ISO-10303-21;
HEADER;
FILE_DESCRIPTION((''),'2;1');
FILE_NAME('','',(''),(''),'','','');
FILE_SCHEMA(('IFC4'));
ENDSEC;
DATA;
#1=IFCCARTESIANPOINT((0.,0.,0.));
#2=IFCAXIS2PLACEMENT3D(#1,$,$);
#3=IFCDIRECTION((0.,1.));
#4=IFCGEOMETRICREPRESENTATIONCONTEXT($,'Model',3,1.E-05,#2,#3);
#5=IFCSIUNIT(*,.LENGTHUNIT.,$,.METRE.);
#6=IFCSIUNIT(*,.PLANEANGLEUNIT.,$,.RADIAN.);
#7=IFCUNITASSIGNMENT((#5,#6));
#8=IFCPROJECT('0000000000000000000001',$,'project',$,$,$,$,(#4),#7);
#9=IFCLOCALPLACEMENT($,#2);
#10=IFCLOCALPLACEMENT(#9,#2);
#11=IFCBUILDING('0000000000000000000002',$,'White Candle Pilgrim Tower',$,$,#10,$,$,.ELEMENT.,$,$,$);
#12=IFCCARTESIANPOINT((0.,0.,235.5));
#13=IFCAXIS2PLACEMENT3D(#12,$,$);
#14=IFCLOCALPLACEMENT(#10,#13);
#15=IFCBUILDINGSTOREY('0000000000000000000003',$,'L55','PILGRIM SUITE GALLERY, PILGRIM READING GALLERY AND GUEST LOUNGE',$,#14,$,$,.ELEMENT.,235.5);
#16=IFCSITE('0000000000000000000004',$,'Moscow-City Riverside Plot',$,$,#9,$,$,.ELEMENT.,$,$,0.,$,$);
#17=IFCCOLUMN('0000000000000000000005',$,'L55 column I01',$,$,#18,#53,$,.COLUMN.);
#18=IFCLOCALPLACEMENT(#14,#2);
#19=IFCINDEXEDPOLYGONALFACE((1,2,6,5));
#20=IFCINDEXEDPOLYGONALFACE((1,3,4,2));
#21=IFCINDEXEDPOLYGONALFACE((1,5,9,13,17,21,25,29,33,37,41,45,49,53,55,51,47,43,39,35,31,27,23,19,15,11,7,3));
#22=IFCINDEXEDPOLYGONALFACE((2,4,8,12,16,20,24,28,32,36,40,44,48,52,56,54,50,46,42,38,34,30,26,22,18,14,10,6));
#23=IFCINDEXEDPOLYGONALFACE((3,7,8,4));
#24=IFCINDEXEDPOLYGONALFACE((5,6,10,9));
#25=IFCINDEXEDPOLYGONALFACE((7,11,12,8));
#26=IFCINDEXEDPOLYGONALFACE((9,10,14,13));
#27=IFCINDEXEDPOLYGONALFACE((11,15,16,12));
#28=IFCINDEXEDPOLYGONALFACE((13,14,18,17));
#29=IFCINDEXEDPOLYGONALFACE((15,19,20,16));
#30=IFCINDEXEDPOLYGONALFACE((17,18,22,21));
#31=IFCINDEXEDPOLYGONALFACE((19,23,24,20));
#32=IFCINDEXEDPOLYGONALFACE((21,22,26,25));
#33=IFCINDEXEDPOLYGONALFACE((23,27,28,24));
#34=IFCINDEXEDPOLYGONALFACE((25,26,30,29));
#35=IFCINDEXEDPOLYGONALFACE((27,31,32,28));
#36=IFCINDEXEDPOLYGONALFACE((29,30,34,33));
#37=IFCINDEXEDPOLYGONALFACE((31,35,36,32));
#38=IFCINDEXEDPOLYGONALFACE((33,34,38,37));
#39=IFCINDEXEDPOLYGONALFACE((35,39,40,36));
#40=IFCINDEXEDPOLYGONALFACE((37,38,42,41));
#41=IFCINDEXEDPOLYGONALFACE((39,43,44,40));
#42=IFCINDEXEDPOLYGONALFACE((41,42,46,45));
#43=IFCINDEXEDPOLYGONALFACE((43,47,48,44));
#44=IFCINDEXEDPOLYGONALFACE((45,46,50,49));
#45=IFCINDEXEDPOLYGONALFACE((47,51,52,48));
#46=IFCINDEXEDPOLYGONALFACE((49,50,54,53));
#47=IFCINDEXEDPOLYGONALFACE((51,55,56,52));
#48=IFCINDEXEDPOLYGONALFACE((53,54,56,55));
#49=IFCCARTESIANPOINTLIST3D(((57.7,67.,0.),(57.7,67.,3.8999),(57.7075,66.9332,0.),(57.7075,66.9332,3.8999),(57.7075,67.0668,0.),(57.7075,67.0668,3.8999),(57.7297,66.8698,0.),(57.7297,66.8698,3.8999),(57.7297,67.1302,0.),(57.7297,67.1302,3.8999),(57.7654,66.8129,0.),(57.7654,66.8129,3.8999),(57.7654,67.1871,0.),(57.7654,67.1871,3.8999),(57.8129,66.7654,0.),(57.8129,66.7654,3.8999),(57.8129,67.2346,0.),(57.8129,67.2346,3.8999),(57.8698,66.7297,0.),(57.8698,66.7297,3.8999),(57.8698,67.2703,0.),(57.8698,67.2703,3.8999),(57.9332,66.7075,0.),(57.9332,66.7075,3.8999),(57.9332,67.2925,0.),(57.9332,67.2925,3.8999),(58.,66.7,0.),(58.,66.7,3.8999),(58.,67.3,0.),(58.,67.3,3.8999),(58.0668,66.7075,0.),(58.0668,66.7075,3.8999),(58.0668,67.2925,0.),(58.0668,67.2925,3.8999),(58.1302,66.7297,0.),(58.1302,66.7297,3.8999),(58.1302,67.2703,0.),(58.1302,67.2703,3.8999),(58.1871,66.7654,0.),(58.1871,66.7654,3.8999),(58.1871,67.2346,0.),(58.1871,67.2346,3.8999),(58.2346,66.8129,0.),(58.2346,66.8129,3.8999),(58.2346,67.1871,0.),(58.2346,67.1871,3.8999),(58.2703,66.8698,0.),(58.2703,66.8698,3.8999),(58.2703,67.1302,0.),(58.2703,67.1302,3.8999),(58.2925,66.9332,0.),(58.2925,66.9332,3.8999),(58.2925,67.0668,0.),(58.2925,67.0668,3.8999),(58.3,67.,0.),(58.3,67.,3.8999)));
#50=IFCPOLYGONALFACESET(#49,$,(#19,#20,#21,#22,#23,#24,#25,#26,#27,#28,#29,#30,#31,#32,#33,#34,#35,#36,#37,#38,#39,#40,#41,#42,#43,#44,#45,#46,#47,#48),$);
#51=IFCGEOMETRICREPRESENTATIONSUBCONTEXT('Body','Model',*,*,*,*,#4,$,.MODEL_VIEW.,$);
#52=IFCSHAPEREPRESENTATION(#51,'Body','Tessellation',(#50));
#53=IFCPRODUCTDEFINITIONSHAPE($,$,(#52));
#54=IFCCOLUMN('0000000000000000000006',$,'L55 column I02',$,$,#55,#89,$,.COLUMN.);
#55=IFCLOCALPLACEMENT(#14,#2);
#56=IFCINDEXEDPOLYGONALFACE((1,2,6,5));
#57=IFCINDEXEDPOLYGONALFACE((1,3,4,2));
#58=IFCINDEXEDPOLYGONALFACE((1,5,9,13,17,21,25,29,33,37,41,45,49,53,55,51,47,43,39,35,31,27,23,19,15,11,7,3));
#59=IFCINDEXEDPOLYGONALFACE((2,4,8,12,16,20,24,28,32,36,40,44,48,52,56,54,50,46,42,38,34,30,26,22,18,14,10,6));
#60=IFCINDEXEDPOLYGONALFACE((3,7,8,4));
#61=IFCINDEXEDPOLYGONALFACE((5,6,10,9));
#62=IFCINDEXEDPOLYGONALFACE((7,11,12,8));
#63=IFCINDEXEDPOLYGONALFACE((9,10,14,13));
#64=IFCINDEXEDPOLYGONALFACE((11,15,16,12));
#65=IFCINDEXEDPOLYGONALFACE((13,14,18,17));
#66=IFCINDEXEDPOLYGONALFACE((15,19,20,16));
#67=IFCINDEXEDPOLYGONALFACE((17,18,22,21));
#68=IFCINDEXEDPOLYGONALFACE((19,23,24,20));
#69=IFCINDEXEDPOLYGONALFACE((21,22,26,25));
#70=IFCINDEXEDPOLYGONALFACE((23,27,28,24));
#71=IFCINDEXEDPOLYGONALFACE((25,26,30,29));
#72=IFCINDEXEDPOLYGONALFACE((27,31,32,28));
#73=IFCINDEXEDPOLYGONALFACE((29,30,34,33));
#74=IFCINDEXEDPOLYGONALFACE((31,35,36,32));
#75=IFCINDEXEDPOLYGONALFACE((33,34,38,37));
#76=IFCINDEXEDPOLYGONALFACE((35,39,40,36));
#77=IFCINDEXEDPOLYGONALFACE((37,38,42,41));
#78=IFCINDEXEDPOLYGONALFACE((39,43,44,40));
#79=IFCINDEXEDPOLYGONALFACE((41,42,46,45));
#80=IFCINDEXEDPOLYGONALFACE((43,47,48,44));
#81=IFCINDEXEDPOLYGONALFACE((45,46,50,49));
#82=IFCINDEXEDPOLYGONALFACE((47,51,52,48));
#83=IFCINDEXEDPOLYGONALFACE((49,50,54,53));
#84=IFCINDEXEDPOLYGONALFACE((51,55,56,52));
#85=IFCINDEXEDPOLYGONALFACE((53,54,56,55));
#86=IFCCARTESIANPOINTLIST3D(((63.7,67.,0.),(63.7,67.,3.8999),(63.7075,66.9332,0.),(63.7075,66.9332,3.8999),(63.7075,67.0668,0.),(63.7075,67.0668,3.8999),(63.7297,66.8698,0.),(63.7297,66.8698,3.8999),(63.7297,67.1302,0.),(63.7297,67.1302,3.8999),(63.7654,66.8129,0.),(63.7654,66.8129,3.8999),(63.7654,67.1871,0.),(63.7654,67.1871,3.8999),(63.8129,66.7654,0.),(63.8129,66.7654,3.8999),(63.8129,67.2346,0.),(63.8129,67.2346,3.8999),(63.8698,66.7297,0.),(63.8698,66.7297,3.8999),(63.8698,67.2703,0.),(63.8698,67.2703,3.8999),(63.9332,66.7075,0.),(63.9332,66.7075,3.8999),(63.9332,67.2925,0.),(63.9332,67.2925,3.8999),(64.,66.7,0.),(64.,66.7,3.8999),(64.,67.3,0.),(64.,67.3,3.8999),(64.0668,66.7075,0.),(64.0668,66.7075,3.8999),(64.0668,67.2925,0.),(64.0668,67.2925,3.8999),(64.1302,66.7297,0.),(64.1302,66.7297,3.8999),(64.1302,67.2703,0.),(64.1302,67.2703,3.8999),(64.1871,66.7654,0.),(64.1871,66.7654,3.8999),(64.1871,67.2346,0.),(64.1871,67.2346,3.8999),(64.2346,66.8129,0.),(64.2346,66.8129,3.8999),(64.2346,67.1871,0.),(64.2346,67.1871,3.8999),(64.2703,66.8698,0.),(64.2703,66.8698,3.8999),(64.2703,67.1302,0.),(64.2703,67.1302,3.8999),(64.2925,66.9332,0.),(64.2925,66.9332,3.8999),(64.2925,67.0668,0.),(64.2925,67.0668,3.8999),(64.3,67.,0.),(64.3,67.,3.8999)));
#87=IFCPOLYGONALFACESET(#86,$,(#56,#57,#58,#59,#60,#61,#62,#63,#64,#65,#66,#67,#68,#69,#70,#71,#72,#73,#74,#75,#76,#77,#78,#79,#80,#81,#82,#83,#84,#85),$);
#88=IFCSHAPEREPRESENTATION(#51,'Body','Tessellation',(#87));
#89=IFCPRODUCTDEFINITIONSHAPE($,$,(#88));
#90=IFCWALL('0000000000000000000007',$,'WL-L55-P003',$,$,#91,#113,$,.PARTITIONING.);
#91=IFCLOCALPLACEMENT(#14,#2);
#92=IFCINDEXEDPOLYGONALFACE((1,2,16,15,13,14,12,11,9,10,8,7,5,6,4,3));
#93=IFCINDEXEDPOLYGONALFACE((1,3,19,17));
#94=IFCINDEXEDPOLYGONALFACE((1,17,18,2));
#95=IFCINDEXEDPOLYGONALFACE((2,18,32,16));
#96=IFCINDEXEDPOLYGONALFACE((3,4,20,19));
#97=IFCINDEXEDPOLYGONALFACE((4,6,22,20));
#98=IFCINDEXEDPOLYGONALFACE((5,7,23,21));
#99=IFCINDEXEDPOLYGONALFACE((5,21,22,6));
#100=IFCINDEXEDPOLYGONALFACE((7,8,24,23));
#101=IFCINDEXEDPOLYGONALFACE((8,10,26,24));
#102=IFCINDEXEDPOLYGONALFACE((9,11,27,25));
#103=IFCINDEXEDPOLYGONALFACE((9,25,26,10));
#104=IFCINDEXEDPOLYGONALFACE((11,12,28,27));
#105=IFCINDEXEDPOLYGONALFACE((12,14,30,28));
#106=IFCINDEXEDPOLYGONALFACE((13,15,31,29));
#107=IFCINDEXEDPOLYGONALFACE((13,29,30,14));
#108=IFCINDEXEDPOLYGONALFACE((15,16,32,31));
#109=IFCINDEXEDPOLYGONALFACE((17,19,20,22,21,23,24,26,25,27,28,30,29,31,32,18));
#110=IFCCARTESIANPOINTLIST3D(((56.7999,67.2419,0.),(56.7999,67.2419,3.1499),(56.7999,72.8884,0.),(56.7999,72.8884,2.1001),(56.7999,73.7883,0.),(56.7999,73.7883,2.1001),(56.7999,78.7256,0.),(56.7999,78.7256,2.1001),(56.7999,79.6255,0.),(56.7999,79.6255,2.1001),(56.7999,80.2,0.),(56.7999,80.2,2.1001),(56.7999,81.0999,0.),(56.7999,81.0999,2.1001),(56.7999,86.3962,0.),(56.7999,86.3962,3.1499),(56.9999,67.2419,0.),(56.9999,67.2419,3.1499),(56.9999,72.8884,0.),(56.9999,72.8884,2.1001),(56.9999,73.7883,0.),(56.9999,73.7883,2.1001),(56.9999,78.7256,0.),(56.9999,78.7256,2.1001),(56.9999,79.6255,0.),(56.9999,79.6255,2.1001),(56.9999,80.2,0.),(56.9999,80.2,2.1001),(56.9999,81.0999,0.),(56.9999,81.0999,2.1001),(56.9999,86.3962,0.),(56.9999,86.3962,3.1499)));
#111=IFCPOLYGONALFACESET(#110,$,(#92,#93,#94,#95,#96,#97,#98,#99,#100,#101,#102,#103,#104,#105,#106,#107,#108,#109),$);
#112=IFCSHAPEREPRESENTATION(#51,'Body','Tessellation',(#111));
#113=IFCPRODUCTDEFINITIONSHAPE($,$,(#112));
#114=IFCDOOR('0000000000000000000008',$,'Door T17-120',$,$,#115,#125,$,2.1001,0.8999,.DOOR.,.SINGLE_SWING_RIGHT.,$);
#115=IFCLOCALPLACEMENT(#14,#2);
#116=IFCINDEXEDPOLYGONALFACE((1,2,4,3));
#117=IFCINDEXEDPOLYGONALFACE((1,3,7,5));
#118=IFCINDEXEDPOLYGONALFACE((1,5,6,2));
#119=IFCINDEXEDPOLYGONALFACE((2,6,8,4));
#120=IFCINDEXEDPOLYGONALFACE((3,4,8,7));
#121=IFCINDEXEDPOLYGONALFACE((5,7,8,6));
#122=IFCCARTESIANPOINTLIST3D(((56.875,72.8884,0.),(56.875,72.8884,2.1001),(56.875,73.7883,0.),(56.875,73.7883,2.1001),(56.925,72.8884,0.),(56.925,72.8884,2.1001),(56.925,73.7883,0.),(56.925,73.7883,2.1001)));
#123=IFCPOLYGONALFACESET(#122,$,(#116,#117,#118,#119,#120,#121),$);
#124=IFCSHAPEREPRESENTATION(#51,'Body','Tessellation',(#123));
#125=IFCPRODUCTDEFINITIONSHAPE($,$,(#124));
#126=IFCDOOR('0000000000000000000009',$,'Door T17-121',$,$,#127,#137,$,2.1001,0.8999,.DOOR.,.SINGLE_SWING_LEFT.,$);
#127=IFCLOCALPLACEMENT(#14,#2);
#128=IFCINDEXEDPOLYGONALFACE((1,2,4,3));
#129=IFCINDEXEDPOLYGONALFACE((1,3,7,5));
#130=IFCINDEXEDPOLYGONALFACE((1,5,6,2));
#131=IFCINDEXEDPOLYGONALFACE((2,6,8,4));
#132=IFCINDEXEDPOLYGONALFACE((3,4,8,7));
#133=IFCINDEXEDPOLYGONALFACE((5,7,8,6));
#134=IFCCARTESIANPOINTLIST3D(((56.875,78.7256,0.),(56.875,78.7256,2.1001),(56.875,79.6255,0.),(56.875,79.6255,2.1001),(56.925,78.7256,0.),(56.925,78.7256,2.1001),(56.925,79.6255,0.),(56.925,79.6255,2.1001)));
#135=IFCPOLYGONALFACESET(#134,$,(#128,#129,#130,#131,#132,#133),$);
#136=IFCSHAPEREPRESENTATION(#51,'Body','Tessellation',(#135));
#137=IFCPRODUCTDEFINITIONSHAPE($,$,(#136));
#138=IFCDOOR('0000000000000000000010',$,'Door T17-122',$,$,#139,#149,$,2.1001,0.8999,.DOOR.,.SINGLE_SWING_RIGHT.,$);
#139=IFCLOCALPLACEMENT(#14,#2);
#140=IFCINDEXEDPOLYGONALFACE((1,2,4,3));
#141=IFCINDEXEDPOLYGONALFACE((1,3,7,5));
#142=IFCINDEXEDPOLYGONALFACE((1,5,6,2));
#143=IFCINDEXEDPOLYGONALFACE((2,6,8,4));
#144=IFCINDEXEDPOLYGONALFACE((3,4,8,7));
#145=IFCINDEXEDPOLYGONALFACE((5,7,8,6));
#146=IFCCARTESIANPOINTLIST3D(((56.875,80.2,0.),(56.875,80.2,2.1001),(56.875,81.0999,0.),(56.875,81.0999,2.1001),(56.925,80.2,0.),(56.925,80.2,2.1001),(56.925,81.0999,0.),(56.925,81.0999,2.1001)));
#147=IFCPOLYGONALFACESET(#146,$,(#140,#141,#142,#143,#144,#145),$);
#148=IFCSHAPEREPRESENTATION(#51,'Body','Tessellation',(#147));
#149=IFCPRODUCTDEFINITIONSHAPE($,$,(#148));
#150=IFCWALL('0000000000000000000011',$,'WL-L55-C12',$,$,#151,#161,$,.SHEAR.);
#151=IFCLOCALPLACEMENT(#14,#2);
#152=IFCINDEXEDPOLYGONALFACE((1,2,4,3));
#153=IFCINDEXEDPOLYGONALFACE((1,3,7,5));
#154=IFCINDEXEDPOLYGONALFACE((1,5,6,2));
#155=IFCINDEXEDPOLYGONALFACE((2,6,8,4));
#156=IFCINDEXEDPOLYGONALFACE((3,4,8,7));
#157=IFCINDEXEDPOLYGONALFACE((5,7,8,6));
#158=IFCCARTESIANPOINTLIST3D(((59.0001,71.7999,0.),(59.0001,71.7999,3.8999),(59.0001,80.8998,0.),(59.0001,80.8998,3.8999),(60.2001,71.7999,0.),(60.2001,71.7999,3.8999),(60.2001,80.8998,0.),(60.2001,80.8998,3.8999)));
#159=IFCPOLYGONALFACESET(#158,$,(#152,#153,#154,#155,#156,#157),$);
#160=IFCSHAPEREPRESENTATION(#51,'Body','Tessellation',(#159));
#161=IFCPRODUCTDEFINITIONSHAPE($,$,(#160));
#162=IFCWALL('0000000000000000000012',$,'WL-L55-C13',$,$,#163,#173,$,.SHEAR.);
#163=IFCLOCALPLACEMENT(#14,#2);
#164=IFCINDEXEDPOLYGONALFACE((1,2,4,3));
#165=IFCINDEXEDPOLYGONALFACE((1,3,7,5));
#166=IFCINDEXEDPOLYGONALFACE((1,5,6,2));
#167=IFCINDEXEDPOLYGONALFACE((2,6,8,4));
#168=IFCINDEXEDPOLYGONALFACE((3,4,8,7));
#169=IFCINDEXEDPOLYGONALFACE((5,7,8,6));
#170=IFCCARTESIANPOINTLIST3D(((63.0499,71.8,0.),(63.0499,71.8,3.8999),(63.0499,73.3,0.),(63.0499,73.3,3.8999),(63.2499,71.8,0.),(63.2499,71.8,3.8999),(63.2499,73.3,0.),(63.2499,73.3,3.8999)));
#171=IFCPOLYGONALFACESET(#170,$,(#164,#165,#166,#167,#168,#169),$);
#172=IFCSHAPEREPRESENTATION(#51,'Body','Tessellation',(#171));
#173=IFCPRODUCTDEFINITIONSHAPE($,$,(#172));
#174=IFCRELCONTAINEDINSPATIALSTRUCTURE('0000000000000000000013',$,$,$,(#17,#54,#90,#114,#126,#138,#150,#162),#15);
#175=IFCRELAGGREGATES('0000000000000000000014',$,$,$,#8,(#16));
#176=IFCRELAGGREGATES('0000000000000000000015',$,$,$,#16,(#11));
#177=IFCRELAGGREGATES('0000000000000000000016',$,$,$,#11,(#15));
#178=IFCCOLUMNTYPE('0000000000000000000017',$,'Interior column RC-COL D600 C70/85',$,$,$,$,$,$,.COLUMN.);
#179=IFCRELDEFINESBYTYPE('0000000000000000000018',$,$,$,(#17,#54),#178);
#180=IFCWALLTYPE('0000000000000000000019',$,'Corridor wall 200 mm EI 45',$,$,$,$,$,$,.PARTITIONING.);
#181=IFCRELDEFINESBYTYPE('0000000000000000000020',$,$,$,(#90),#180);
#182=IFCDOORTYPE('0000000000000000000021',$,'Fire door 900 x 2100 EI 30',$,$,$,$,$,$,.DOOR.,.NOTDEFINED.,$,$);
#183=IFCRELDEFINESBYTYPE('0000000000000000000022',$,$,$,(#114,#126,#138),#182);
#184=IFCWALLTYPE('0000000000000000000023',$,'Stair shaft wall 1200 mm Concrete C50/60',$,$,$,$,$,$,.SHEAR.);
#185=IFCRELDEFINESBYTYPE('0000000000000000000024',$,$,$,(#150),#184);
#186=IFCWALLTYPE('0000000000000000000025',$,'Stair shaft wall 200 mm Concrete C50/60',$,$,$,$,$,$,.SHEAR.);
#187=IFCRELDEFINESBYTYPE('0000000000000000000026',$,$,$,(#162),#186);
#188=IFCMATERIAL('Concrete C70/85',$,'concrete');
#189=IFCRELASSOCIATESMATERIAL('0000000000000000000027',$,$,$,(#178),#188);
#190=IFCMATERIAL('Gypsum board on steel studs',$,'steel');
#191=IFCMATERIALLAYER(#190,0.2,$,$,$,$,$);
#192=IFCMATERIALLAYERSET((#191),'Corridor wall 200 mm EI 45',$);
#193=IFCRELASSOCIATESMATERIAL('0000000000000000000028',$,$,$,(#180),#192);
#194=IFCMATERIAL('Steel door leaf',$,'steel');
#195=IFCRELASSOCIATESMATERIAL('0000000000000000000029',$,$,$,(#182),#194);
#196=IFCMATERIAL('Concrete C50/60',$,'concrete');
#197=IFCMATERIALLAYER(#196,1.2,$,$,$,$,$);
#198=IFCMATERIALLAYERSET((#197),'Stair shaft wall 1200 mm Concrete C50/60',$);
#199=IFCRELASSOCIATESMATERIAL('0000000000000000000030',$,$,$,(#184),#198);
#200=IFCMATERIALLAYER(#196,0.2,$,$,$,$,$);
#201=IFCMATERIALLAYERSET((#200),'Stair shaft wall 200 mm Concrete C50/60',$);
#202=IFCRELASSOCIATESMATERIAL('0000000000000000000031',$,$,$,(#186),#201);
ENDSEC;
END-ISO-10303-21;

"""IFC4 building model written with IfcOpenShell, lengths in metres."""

from ifc_helpers import new_model, si_unit, direction, frame, frame_2d, origin, origin_2d, place, context, subcontext, project, spatial, rectangle, circle, extrude, material, layer, layer_set, material_profile, profile_set, type_object, element, fill, save


model = new_model("IFC4")

# Units and contexts
model_context = context("Model", 3, precision=1e-05, world=origin(), true_north=direction((0.0, 1.0)))
body_context = subcontext(model_context, "Body", "Model", "MODEL_VIEW")
ifc_project = project(units=[si_unit("LENGTHUNIT", "METRE"), si_unit("PLANEANGLEUNIT", "RADIAN")], contexts=[model_context])

# Site, building, storey
site_placement = place(None, origin())
site = spatial("IfcSite", under=ifc_project, at=site_placement, Name="Moscow-City Riverside Plot", CompositionType="ELEMENT", RefElevation=0.0)
building_placement = place(site_placement, origin())
building = spatial("IfcBuilding", under=site, at=building_placement, Name="White Candle Pilgrim Tower", CompositionType="ELEMENT")
storey_placement = place(building_placement, frame((0.0, 0.0, 235.5)))
storey = spatial("IfcBuildingStorey", under=building, at=storey_placement, Name="L55", Description="PILGRIM SUITE GALLERY, PILGRIM READING GALLERY AND GUEST LOUNGE", CompositionType="ELEMENT", Elevation=235.5)

# Columns
ifc_material_1 = material(Name="Concrete C70/85", Category="concrete")
ifc_material_profile = material_profile(ifc_material_1, circle(Radius=0.3, at=origin_2d()), Name="RC-COL D600")
ifc_profile_set = profile_set([ifc_material_profile], Name="Concrete C70/85")
column_type = type_object("IfcColumnType", Name="Interior column RC-COL D600 C70/85", PredefinedType="COLUMN", material=ifc_profile_set)
for number, where, z_axis, x_axis, name in (
    (1, (58.0, 67.0, 0.0), (0.0, 0.0, 1.0), (1.0, 0.0, 0.0), "L55 column I01"),
    (2, (64.0, 67.0, 0.0), (0.0, 0.0, 1.0), (1.0, 0.0, 0.0), "L55 column I02"),
):
    element("IfcColumn", number, at=place(storey_placement, frame(where, z_axis=z_axis, x_axis=x_axis)), inside=storey, type_object=column_type, Name=name, PredefinedType="COLUMN", context=body_context, shape_type="SweptSolid", body=[
        extrude(circle(Radius=0.3, at=origin_2d()), origin(), (0.0, 0.0, 1.0), 3.8999),
    ])

# Wall, openings, doors
ifc_material_2 = material(Name="Gypsum board on steel studs", Category="steel")
ifc_layer_1 = layer(ifc_material_2, 0.2)
ifc_layer_set_1 = layer_set([ifc_layer_1], Name="Corridor wall 200 mm EI 45")
wall_type_1 = type_object("IfcWallType", Name="Corridor wall 200 mm EI 45", PredefinedType="PARTITIONING", material=ifc_layer_set_1)
wall_1_placement = place(storey_placement, frame((56.8999, 67.2419, 0.0), z_axis=(0.0, 0.0, 1.0), x_axis=(0.0, 1.0, 0.0)))
wall_1 = element("IfcWall", 3, at=wall_1_placement, inside=storey, type_object=wall_type_1, Name="WL-L55-P003", PredefinedType="PARTITIONING", context=body_context, shape_type="SweptSolid", body=[
    extrude(rectangle(XDim=19.1543, YDim=0.2, at=frame_2d((9.5771, 0.0))), origin(), (0.0, 0.0, 1.0), 3.1499),
])
opening_1_placement = place(wall_1_placement, frame((5.6465, 0.0, 0.0)))
opening_1 = element("IfcOpeningElement", 4, at=opening_1_placement, cuts=wall_1, PredefinedType="OPENING", context=body_context, shape_type="SweptSolid", body=[
    extrude(rectangle(XDim=0.8999, YDim=2.1001, at=frame_2d((0.45, 1.05))), frame((0.0, 0.1099, 0.0), z_axis=(0.0, -1.0, 0.0), x_axis=(1.0, 0.0, 0.0)), (0.0, 0.0, 1.0), 0.22),
])
opening_2_placement = place(wall_1_placement, frame((11.4836, 0.0, 0.0)))
opening_2 = element("IfcOpeningElement", 5, at=opening_2_placement, cuts=wall_1, PredefinedType="OPENING", context=body_context, shape_type="SweptSolid", body=[
    extrude(rectangle(XDim=0.8999, YDim=2.1001, at=frame_2d((0.45, 1.05))), frame((0.0, 0.1099, 0.0), z_axis=(0.0, -1.0, 0.0), x_axis=(1.0, 0.0, 0.0)), (0.0, 0.0, 1.0), 0.22),
])
opening_3_placement = place(wall_1_placement, frame((12.958, 0.0, 0.0)))
opening_3 = element("IfcOpeningElement", 6, at=opening_3_placement, cuts=wall_1, PredefinedType="OPENING", context=body_context, shape_type="SweptSolid", body=[
    extrude(rectangle(XDim=0.8999, YDim=2.1001, at=frame_2d((0.45, 1.05))), frame((0.0, 0.1099, 0.0), z_axis=(0.0, -1.0, 0.0), x_axis=(1.0, 0.0, 0.0)), (0.0, 0.0, 1.0), 0.22),
])
ifc_material_3 = material(Name="Steel door leaf", Category="steel")
door_type_1 = type_object("IfcDoorType", Name="Fire door 900 x 2100 EI 30", OperationType="NOTDEFINED", PredefinedType="DOOR", material=ifc_material_3)
door_1_placement = place(opening_1_placement, origin())
door_1 = element("IfcDoor", 7, at=door_1_placement, inside=storey, type_object=door_type_1, Name="Door T17-120", OperationType="SINGLE_SWING_RIGHT", OverallHeight=2.1001, OverallWidth=0.8999, PredefinedType="DOOR", context=body_context, shape_type="SweptSolid", body=[
    extrude(rectangle(XDim=0.8999, YDim=2.1001, at=frame_2d((0.45, 1.05))), frame((0.0, 0.0249, 0.0), z_axis=(0.0, -1.0, 0.0), x_axis=(1.0, 0.0, 0.0)), (0.0, 0.0, 1.0), 0.05),
])
fill(opening_1, door_1)
door_2_placement = place(opening_2_placement, origin())
door_2 = element("IfcDoor", 8, at=door_2_placement, inside=storey, type_object=door_type_1, Name="Door T17-121", OperationType="SINGLE_SWING_LEFT", OverallHeight=2.1001, OverallWidth=0.8999, PredefinedType="DOOR", context=body_context, shape_type="SweptSolid", body=[
    extrude(rectangle(XDim=0.8999, YDim=2.1001, at=frame_2d((0.45, 1.05))), frame((0.0, 0.0249, 0.0), z_axis=(0.0, -1.0, 0.0), x_axis=(1.0, 0.0, 0.0)), (0.0, 0.0, 1.0), 0.05),
])
fill(opening_2, door_2)
door_3_placement = place(opening_3_placement, origin())
door_3 = element("IfcDoor", 9, at=door_3_placement, inside=storey, type_object=door_type_1, Name="Door T17-122", OperationType="SINGLE_SWING_RIGHT", OverallHeight=2.1001, OverallWidth=0.8999, PredefinedType="DOOR", context=body_context, shape_type="SweptSolid", body=[
    extrude(rectangle(XDim=0.8999, YDim=2.1001, at=frame_2d((0.45, 1.05))), frame((0.0, 0.0249, 0.0), z_axis=(0.0, -1.0, 0.0), x_axis=(1.0, 0.0, 0.0)), (0.0, 0.0, 1.0), 0.05),
])
fill(opening_3, door_3)

# Walls
ifc_material_4 = material(Name="Concrete C50/60", Category="concrete")
ifc_layer_2 = layer(ifc_material_4, 1.2)
ifc_layer_set_2 = layer_set([ifc_layer_2], Name="Stair shaft wall 1200 mm Concrete C50/60")
wall_type_2 = type_object("IfcWallType", Name="Stair shaft wall 1200 mm Concrete C50/60", PredefinedType="SHEAR", material=ifc_layer_set_2)
wall_2_placement = place(storey_placement, frame((59.6001, 71.8, 0.0), z_axis=(0.0, 0.0, 1.0), x_axis=(0.0, 1.0, 0.0)))
element("IfcWall", 10, at=wall_2_placement, inside=storey, type_object=wall_type_2, Name="WL-L55-C12", PredefinedType="SHEAR", context=body_context, shape_type="SweptSolid", body=[
    extrude(rectangle(XDim=9.0999, YDim=1.2, at=frame_2d((4.5498, 0.0))), origin(), (0.0, 0.0, 1.0), 3.8999),
])
ifc_layer_3 = layer(ifc_material_4, 0.2)
ifc_layer_set_3 = layer_set([ifc_layer_3], Name="Stair shaft wall 200 mm Concrete C50/60")
wall_type_3 = type_object("IfcWallType", Name="Stair shaft wall 200 mm Concrete C50/60", PredefinedType="SHEAR", material=ifc_layer_set_3)
wall_3_placement = place(storey_placement, frame((63.1499, 71.8, 0.0), z_axis=(0.0, 0.0, 1.0), x_axis=(0.0, 1.0, 0.0)))
element("IfcWall", 11, at=wall_3_placement, inside=storey, type_object=wall_type_3, Name="WL-L55-C13", PredefinedType="SHEAR", context=body_context, shape_type="SweptSolid", body=[
    extrude(rectangle(XDim=1.5, YDim=0.2, at=frame_2d((0.75, 0.0))), origin(), (0.0, 0.0, 1.0), 3.8999),
])

save(model, "model.ifc")
